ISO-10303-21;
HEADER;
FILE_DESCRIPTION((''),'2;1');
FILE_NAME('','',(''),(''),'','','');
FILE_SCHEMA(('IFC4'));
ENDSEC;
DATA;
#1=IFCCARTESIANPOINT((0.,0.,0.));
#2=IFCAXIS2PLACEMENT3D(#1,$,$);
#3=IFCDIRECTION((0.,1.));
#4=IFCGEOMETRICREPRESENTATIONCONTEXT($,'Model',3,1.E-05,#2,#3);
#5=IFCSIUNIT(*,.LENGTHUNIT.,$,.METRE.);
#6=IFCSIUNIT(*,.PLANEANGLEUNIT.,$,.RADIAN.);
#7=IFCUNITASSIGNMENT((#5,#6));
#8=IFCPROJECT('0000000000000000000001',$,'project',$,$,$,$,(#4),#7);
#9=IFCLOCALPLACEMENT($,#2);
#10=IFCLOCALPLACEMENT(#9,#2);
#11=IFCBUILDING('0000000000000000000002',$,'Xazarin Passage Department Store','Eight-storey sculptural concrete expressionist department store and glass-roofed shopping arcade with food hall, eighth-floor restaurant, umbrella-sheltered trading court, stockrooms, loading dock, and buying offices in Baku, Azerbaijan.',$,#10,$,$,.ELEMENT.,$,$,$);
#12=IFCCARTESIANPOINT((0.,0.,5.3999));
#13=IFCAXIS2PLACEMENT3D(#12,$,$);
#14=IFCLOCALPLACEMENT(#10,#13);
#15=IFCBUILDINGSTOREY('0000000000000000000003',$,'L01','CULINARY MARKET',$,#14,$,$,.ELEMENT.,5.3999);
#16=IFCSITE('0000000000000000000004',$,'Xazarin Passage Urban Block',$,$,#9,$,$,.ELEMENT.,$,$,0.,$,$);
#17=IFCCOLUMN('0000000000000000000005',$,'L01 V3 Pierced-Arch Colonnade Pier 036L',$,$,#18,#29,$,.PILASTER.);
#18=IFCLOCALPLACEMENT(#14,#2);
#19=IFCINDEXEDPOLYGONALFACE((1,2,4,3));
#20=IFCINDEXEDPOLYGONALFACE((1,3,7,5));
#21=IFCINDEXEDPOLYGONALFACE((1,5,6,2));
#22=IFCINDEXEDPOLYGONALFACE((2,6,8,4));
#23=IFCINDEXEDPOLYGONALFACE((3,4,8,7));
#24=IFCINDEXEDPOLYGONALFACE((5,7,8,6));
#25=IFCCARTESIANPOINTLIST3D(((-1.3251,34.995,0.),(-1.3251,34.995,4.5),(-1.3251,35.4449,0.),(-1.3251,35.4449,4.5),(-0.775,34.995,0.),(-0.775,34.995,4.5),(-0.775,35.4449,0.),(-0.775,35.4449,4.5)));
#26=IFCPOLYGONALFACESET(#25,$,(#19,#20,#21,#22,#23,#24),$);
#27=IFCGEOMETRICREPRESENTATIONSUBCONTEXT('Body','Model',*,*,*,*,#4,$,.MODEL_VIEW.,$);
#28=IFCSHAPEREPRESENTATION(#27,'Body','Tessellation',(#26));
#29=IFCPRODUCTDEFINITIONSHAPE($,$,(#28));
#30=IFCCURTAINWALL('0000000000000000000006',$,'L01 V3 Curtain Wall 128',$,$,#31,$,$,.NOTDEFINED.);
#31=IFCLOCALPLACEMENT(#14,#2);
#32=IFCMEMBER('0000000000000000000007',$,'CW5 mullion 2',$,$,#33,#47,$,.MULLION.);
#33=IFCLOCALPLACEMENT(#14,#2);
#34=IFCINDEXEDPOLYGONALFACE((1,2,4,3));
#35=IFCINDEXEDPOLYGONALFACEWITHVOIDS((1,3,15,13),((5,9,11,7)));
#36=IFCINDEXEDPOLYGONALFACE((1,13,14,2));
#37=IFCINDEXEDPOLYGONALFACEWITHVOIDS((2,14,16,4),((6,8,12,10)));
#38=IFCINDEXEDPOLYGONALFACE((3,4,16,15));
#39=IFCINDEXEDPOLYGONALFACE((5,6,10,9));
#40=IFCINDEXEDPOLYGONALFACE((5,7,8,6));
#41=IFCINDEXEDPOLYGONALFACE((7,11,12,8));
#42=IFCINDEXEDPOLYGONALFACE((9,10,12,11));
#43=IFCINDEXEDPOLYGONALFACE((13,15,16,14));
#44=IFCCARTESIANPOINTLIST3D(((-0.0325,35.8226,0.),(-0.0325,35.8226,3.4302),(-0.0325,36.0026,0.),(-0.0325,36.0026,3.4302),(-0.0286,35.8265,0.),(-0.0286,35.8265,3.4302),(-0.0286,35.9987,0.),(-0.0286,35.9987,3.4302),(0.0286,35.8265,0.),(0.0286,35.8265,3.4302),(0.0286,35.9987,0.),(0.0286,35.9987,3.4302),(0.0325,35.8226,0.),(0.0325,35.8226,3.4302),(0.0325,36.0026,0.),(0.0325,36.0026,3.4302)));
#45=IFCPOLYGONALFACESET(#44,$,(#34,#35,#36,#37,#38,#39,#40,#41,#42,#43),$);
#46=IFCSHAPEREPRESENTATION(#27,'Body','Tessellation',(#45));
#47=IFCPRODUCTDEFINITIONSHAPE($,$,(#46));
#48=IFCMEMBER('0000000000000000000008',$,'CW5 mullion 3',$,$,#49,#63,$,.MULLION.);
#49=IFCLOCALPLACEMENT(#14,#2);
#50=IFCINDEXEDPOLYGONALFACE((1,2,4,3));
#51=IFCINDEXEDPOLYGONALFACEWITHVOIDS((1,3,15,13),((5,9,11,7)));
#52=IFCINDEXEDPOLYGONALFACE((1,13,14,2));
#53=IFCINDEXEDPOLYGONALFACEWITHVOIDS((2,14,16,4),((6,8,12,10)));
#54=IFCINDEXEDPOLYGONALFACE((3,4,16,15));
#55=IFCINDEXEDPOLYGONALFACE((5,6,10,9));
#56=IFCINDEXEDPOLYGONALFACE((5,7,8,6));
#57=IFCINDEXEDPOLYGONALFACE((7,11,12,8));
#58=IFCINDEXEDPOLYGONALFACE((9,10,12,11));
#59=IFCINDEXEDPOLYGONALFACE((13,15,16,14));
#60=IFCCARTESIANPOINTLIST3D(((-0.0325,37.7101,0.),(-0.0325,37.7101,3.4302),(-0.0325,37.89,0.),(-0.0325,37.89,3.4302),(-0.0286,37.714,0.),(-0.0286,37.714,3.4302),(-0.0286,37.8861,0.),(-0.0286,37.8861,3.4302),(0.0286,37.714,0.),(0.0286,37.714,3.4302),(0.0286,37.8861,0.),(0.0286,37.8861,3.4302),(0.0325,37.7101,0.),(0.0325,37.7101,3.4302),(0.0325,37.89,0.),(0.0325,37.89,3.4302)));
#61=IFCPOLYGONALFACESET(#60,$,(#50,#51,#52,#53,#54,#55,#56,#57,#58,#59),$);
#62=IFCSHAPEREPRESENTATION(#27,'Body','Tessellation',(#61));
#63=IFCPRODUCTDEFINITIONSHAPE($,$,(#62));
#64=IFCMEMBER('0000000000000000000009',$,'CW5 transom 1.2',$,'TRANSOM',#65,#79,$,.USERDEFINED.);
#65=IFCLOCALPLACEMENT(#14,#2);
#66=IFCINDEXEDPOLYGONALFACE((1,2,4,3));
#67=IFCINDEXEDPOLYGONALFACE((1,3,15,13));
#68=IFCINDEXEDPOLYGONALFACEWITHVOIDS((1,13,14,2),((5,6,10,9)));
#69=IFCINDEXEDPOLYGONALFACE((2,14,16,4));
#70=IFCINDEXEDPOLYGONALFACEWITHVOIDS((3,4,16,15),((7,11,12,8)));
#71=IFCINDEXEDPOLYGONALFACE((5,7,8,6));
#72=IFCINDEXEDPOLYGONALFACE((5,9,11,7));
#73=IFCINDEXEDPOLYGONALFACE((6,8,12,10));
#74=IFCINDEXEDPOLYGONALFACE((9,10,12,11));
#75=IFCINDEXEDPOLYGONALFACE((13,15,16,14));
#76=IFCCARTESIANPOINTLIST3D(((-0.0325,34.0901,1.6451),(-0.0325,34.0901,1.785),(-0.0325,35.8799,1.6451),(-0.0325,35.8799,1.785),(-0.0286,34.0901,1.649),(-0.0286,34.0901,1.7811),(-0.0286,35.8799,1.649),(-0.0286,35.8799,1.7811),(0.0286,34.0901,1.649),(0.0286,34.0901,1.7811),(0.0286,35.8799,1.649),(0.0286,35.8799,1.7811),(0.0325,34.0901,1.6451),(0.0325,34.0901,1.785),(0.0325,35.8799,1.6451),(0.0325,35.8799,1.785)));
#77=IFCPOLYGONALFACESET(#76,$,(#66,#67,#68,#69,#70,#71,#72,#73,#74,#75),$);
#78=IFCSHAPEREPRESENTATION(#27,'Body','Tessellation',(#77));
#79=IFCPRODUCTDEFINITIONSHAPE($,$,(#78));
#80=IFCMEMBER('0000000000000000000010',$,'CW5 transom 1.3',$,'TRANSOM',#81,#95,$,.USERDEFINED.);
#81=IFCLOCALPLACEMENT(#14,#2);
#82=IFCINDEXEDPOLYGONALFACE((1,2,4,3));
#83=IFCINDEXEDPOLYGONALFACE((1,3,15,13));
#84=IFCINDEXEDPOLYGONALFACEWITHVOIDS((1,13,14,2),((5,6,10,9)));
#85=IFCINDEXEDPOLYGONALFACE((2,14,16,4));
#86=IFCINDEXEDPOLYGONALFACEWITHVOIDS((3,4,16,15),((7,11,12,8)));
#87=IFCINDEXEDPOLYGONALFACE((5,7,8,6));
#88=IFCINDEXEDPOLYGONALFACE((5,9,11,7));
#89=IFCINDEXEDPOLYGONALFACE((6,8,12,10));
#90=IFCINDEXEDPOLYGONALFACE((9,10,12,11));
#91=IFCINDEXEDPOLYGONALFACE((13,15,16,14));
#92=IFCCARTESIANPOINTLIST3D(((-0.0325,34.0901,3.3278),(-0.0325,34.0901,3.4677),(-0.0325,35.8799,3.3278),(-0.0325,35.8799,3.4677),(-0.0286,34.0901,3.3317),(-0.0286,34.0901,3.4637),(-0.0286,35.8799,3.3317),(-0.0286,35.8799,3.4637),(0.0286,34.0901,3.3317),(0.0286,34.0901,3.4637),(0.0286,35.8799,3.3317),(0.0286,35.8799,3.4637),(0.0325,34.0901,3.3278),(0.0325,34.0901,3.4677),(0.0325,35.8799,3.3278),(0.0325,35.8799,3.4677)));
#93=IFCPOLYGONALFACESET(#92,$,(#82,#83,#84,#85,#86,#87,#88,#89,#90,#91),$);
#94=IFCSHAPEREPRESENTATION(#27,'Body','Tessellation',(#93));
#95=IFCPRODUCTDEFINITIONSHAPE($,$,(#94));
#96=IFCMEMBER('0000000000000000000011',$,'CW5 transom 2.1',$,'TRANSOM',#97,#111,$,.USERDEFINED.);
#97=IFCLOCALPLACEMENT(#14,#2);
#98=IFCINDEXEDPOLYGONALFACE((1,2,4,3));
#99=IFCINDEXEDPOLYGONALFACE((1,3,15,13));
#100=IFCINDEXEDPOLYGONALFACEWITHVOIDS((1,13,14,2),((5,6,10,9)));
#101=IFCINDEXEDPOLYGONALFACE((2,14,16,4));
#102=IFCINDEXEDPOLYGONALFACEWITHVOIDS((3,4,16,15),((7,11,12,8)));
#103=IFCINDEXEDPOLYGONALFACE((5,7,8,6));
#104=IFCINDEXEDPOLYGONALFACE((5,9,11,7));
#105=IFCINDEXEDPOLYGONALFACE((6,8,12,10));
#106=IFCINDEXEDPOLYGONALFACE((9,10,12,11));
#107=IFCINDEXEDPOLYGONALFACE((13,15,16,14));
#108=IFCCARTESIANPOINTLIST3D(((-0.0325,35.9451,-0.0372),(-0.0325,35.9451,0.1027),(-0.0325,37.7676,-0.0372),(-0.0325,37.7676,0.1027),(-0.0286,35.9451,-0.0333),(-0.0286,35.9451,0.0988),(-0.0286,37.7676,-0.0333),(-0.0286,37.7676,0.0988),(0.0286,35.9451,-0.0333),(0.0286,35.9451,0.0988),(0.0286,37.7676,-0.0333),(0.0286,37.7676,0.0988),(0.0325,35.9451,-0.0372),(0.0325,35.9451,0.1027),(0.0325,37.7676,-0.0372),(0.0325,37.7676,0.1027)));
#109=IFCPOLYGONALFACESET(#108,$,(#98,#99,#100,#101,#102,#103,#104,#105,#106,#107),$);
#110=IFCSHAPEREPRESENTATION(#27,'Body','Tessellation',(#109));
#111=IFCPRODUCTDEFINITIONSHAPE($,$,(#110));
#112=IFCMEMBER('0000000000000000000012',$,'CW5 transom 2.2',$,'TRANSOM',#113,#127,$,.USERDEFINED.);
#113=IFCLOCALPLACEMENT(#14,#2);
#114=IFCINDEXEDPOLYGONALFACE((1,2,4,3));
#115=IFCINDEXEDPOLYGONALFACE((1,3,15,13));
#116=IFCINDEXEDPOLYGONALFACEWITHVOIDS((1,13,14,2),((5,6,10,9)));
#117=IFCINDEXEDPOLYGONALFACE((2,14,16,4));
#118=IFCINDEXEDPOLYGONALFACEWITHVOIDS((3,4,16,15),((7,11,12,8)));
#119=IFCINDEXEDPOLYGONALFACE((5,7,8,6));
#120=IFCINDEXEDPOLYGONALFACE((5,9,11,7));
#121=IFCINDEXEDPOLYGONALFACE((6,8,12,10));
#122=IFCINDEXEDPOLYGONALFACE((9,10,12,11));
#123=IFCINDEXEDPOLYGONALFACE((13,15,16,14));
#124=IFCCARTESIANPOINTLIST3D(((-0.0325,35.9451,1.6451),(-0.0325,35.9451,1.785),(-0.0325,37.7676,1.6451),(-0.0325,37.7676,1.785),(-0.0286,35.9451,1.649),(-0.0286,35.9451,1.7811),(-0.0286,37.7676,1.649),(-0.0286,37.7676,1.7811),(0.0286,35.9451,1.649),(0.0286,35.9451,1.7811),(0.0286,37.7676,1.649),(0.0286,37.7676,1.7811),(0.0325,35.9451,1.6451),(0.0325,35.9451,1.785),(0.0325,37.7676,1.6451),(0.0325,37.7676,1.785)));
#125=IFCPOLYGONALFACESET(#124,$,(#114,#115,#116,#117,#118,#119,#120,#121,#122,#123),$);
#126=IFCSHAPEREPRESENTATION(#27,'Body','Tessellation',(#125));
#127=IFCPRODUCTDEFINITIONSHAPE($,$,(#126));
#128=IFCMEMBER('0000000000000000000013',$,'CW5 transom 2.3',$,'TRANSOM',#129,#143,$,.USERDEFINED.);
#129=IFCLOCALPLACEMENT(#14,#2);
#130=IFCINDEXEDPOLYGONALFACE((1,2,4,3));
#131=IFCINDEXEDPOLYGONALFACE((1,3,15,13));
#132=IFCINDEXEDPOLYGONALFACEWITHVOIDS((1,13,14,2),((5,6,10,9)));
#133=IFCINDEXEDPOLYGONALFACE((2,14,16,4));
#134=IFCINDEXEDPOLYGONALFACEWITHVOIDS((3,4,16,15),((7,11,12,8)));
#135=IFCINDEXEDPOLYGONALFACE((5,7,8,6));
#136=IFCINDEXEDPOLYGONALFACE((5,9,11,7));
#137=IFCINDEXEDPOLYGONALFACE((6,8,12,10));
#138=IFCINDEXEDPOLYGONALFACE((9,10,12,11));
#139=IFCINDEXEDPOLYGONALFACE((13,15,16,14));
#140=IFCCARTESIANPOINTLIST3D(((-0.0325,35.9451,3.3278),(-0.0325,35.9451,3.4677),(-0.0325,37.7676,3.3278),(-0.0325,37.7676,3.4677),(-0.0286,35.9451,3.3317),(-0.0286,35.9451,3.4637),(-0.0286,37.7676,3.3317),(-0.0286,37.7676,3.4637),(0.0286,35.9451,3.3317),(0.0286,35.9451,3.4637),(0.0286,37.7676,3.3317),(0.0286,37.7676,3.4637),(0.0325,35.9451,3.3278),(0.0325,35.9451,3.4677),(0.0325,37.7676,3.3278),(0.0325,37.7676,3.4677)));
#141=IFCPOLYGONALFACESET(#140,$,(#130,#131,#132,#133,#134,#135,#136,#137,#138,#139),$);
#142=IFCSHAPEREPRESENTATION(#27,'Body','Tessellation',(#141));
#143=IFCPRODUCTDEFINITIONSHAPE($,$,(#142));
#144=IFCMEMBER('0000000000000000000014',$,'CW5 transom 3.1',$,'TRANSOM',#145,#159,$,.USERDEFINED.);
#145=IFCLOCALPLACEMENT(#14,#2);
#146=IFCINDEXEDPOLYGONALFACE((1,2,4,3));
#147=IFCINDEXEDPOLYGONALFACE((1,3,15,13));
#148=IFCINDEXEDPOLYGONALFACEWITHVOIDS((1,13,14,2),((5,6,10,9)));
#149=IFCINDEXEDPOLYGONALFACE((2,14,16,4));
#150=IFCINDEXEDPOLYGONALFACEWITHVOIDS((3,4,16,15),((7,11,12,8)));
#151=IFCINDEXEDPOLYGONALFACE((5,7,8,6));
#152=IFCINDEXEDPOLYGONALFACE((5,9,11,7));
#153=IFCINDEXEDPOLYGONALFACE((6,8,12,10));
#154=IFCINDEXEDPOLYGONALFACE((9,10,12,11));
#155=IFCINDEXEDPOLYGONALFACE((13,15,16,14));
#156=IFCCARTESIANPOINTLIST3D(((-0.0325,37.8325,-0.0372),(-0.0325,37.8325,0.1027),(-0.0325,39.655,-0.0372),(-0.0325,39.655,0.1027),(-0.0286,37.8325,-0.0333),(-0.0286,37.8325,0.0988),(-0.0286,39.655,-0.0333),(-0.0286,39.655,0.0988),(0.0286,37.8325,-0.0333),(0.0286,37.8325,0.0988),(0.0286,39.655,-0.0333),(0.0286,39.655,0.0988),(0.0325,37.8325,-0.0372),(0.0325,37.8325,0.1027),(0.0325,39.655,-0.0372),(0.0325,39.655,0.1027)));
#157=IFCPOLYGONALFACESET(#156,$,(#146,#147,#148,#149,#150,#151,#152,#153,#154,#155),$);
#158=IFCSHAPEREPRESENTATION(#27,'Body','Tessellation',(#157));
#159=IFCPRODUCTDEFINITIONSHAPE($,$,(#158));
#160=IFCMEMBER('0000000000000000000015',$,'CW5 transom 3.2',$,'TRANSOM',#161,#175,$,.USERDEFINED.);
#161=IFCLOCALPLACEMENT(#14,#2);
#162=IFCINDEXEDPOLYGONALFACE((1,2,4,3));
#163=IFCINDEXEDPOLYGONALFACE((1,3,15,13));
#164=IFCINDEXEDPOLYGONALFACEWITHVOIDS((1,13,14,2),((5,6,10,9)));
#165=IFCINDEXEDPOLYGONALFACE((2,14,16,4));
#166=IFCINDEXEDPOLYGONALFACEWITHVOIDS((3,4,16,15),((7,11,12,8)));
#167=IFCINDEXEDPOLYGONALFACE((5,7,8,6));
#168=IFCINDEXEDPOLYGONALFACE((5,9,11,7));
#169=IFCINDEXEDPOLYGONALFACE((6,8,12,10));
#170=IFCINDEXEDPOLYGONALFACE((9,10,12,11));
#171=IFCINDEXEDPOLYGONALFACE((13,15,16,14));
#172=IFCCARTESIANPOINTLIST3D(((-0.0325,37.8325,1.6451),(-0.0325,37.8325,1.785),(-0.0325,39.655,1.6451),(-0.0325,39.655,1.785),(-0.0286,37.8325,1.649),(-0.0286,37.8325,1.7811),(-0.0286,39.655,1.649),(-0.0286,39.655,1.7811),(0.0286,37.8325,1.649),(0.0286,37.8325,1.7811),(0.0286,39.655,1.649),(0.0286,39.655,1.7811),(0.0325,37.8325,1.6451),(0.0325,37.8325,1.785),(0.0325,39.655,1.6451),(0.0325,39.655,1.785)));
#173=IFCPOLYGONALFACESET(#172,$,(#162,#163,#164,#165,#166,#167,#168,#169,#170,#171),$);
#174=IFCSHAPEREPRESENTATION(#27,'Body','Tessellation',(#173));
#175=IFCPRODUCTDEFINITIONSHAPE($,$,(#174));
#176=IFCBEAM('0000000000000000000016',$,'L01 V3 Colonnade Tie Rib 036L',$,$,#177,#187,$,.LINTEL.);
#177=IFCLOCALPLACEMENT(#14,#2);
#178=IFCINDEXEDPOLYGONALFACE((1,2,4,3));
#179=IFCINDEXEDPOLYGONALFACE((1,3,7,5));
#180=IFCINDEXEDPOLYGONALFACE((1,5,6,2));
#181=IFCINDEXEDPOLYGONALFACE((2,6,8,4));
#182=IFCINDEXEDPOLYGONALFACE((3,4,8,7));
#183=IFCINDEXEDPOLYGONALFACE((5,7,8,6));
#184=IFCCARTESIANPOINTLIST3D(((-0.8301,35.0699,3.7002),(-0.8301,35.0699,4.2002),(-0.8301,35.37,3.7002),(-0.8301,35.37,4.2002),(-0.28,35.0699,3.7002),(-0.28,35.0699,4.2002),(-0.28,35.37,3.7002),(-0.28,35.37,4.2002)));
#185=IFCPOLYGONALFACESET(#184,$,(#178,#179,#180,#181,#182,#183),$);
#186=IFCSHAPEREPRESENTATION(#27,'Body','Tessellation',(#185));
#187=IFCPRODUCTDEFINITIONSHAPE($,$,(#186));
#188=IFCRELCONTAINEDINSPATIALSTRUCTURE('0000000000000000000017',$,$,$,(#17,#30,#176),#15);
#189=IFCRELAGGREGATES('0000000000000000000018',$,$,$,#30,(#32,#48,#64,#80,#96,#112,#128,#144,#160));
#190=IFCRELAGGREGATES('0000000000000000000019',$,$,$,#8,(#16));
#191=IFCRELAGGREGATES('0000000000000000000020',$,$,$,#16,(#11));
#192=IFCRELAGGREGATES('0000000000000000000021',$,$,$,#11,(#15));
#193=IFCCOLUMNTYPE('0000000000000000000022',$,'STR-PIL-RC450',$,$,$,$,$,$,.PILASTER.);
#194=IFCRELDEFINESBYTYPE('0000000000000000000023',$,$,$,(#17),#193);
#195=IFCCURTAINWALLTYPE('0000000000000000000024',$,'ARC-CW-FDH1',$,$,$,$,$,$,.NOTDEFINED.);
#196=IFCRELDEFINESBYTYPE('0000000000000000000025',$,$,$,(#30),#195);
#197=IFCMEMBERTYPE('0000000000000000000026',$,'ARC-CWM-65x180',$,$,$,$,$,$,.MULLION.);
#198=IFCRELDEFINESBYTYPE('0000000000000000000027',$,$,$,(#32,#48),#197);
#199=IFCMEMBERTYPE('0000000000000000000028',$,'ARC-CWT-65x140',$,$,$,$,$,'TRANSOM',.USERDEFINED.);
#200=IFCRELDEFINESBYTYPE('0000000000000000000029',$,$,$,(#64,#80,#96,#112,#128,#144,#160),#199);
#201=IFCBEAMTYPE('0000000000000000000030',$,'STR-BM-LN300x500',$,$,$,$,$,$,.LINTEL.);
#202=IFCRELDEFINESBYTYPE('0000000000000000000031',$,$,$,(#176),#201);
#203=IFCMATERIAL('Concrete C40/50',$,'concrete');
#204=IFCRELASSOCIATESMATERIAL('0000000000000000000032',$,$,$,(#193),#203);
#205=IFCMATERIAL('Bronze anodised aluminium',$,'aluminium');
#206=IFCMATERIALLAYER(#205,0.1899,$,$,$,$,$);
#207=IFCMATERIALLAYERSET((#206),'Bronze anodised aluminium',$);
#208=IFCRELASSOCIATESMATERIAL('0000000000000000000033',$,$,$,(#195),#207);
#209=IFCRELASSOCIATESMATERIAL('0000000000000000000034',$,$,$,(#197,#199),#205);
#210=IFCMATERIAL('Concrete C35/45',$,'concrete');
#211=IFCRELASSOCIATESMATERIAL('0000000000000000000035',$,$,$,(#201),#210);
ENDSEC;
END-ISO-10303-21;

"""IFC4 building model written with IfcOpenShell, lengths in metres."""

from ifc_helpers import new_model, si_unit, direction, frame, origin, origin_2d, place, context, subcontext, project, spatial, rectangle, hollow_rectangle, extrude, material, layer, layer_set, material_profile, profile_set, type_object, element, aggregate, save


model = new_model("IFC4")

# Units and contexts
model_context = context("Model", 3, precision=1e-05, world=origin(), true_north=direction((0.0, 1.0)))
body_context = subcontext(model_context, "Body", "Model", "MODEL_VIEW")
ifc_project = project(units=[si_unit("LENGTHUNIT", "METRE"), si_unit("PLANEANGLEUNIT", "RADIAN")], contexts=[model_context])

# Site, building, storey
site_placement = place(None, origin())
site = spatial("IfcSite", under=ifc_project, at=site_placement, Name="Xazarin Passage Urban Block", CompositionType="ELEMENT", RefElevation=0.0)
building_placement = place(site_placement, origin())
building = spatial("IfcBuilding", under=site, at=building_placement, Name="Xazarin Passage Department Store", Description="Eight-storey sculptural concrete expressionist department store and glass-roofed shopping arcade with food hall, eighth-floor restaurant, umbrella-sheltered trading court, stockrooms, loading dock, and buying offices in Baku, Azerbaijan.", CompositionType="ELEMENT")
storey_placement = place(building_placement, frame((0.0, 0.0, 5.3999)))
storey = spatial("IfcBuildingStorey", under=building, at=storey_placement, Name="L01", Description="CULINARY MARKET", CompositionType="ELEMENT", Elevation=5.3999)

# Column
ifc_material_1 = material(Name="Concrete C40/50", Category="concrete")
ifc_material_profile_1 = material_profile(ifc_material_1, rectangle(XDim=0.45, YDim=0.55, at=origin_2d()), Name="RC 450x550")
ifc_profile_set_1 = profile_set([ifc_material_profile_1], Name="Concrete C40/50")
column_type = type_object("IfcColumnType", Name="STR-PIL-RC450", PredefinedType="PILASTER", material=ifc_profile_set_1)
column_placement = place(storey_placement, frame((-1.05, 35.22, 0.0), z_axis=(0.0, 0.0, 1.0), x_axis=(0.0, 1.0, 0.0)))
element("IfcColumn", 1, at=column_placement, inside=storey, type_object=column_type, Name="L01 V3 Pierced-Arch Colonnade Pier 036L", PredefinedType="PILASTER", context=body_context, shape_type="SweptSolid", body=[
    extrude(rectangle(XDim=0.45, YDim=0.55, at=origin_2d()), origin(), (0.0, 0.0, 1.0), 4.5),
])

# Curtain wall, members
ifc_material_2 = material(Name="Bronze anodised aluminium", Category="aluminium")
ifc_layer_1 = layer(ifc_material_2, 0.1899)
ifc_layer_set_1 = layer_set([ifc_layer_1], Name="Bronze anodised aluminium")
curtain_wall_type = type_object("IfcCurtainWallType", Name="ARC-CW-FDH1", PredefinedType="NOTDEFINED", material=ifc_layer_set_1)
curtain_wall_placement = place(storey_placement, origin())
curtain_wall = element("IfcCurtainWall", 2, at=curtain_wall_placement, inside=storey, type_object=curtain_wall_type, Name="L01 V3 Curtain Wall 128", PredefinedType="NOTDEFINED")
ifc_material_profile_2 = material_profile(ifc_material_2, hollow_rectangle(XDim=0.0649, YDim=0.1799, WallThickness=0.0039, at=origin_2d()), Name="ALU 65x180")
ifc_profile_set_2 = profile_set([ifc_material_profile_2], Name="Bronze anodised aluminium")
member_type_1 = type_object("IfcMemberType", Name="ARC-CWM-65x180", PredefinedType="MULLION", material=ifc_profile_set_2)
member_1_placement = place(storey_placement, frame((0.0, 35.9126, 0.0), z_axis=(0.0, 0.0, 1.0), x_axis=(-1.0, 0.0, 0.0)))
member_1 = element("IfcMember", 3, at=member_1_placement, type_object=member_type_1, Name="CW5 mullion 2", PredefinedType="MULLION", context=body_context, shape_type="SweptSolid", body=[
    extrude(hollow_rectangle(XDim=0.0649, YDim=0.1799, WallThickness=0.0039, at=origin_2d()), origin(), (0.0, 0.0, 1.0), 3.4302),
])
member_2_placement = place(storey_placement, frame((0.0, 37.8, 0.0), z_axis=(0.0, 0.0, 1.0), x_axis=(-1.0, 0.0, 0.0)))
member_2 = element("IfcMember", 4, at=member_2_placement, type_object=member_type_1, Name="CW5 mullion 3", PredefinedType="MULLION", context=body_context, shape_type="SweptSolid", body=[
    extrude(hollow_rectangle(XDim=0.0649, YDim=0.1799, WallThickness=0.0039, at=origin_2d()), origin(), (0.0, 0.0, 1.0), 3.4302),
])
ifc_material_profile_3 = material_profile(ifc_material_2, hollow_rectangle(XDim=0.0649, YDim=0.1399, WallThickness=0.0039, at=origin_2d()), Name="ALU 65x140")
ifc_profile_set_3 = profile_set([ifc_material_profile_3], Name="Bronze anodised aluminium")
member_type_2 = type_object("IfcMemberType", Name="ARC-CWT-65x140", ElementType="TRANSOM", PredefinedType="USERDEFINED", material=ifc_profile_set_3)
member_3_placement = place(storey_placement, frame((0.0, 34.0901, 1.7151), z_axis=(0.0, 1.0, 0.0), x_axis=(-1.0, 0.0, 0.0)))
member_3 = element("IfcMember", 5, at=member_3_placement, type_object=member_type_2, Name="CW5 transom 1.2", ObjectType="TRANSOM", PredefinedType="USERDEFINED", context=body_context, shape_type="SweptSolid", body=[
    extrude(hollow_rectangle(XDim=0.0649, YDim=0.1399, WallThickness=0.0039, at=origin_2d()), origin(), (0.0, 0.0, 1.0), 1.7898),
])
member_4_placement = place(storey_placement, frame((0.0, 34.0901, 3.3977), z_axis=(0.0, 1.0, 0.0), x_axis=(-1.0, 0.0, 0.0)))
member_4 = element("IfcMember", 6, at=member_4_placement, type_object=member_type_2, Name="CW5 transom 1.3", ObjectType="TRANSOM", PredefinedType="USERDEFINED", context=body_context, shape_type="SweptSolid", body=[
    extrude(hollow_rectangle(XDim=0.0649, YDim=0.1399, WallThickness=0.0039, at=origin_2d()), origin(), (0.0, 0.0, 1.0), 1.7898),
])
member_5_placement = place(storey_placement, frame((0.0, 35.9451, 0.0327), z_axis=(0.0, 1.0, 0.0), x_axis=(-1.0, 0.0, 0.0)))
member_5 = element("IfcMember", 7, at=member_5_placement, type_object=member_type_2, Name="CW5 transom 2.1", ObjectType="TRANSOM", PredefinedType="USERDEFINED", context=body_context, shape_type="SweptSolid", body=[
    extrude(hollow_rectangle(XDim=0.0649, YDim=0.1399, WallThickness=0.0039, at=origin_2d()), origin(), (0.0, 0.0, 1.0), 1.8225),
])
member_6_placement = place(storey_placement, frame((0.0, 35.9451, 1.7151), z_axis=(0.0, 1.0, 0.0), x_axis=(-1.0, 0.0, 0.0)))
member_6 = element("IfcMember", 8, at=member_6_placement, type_object=member_type_2, Name="CW5 transom 2.2", ObjectType="TRANSOM", PredefinedType="USERDEFINED", context=body_context, shape_type="SweptSolid", body=[
    extrude(hollow_rectangle(XDim=0.0649, YDim=0.1399, WallThickness=0.0039, at=origin_2d()), origin(), (0.0, 0.0, 1.0), 1.8225),
])
member_7_placement = place(storey_placement, frame((0.0, 35.9451, 3.3977), z_axis=(0.0, 1.0, 0.0), x_axis=(-1.0, 0.0, 0.0)))
member_7 = element("IfcMember", 9, at=member_7_placement, type_object=member_type_2, Name="CW5 transom 2.3", ObjectType="TRANSOM", PredefinedType="USERDEFINED", context=body_context, shape_type="SweptSolid", body=[
    extrude(hollow_rectangle(XDim=0.0649, YDim=0.1399, WallThickness=0.0039, at=origin_2d()), origin(), (0.0, 0.0, 1.0), 1.8225),
])
member_8_placement = place(storey_placement, frame((0.0, 37.8325, 0.0327), z_axis=(0.0, 1.0, 0.0), x_axis=(-1.0, 0.0, 0.0)))
member_8 = element("IfcMember", 10, at=member_8_placement, type_object=member_type_2, Name="CW5 transom 3.1", ObjectType="TRANSOM", PredefinedType="USERDEFINED", context=body_context, shape_type="SweptSolid", body=[
    extrude(hollow_rectangle(XDim=0.0649, YDim=0.1399, WallThickness=0.0039, at=origin_2d()), origin(), (0.0, 0.0, 1.0), 1.8225),
])
member_9_placement = place(storey_placement, frame((0.0, 37.8325, 1.7151), z_axis=(0.0, 1.0, 0.0), x_axis=(-1.0, 0.0, 0.0)))
member_9 = element("IfcMember", 11, at=member_9_placement, type_object=member_type_2, Name="CW5 transom 3.2", ObjectType="TRANSOM", PredefinedType="USERDEFINED", context=body_context, shape_type="SweptSolid", body=[
    extrude(hollow_rectangle(XDim=0.0649, YDim=0.1399, WallThickness=0.0039, at=origin_2d()), origin(), (0.0, 0.0, 1.0), 1.8225),
])

# Beam
ifc_material_3 = material(Name="Concrete C35/45", Category="concrete")
ifc_material_profile_4 = material_profile(ifc_material_3, rectangle(XDim=0.3, YDim=0.5, at=origin_2d()), Name="RC 300x500")
ifc_profile_set_4 = profile_set([ifc_material_profile_4], Name="Concrete C35/45")
beam_type = type_object("IfcBeamType", Name="STR-BM-LN300x500", PredefinedType="LINTEL", material=ifc_profile_set_4)
beam_1_placement = place(storey_placement, frame((-0.28, 35.22, 3.9502), z_axis=(-1.0, 0.0, 0.0), x_axis=(0.0, -1.0, 0.0)))
element("IfcBeam", 12, at=beam_1_placement, inside=storey, type_object=beam_type, Name="L01 V3 Colonnade Tie Rib 036L", PredefinedType="LINTEL", context=body_context, shape_type="SweptSolid", body=[
    extrude(rectangle(XDim=0.3, YDim=0.5, at=origin_2d()), origin(), (0.0, 0.0, 1.0), 0.55),
])

aggregate(curtain_wall, [member_1, member_2, member_3, member_4, member_5, member_6, member_7, member_8, member_9])

save(model, "model.ifc")
